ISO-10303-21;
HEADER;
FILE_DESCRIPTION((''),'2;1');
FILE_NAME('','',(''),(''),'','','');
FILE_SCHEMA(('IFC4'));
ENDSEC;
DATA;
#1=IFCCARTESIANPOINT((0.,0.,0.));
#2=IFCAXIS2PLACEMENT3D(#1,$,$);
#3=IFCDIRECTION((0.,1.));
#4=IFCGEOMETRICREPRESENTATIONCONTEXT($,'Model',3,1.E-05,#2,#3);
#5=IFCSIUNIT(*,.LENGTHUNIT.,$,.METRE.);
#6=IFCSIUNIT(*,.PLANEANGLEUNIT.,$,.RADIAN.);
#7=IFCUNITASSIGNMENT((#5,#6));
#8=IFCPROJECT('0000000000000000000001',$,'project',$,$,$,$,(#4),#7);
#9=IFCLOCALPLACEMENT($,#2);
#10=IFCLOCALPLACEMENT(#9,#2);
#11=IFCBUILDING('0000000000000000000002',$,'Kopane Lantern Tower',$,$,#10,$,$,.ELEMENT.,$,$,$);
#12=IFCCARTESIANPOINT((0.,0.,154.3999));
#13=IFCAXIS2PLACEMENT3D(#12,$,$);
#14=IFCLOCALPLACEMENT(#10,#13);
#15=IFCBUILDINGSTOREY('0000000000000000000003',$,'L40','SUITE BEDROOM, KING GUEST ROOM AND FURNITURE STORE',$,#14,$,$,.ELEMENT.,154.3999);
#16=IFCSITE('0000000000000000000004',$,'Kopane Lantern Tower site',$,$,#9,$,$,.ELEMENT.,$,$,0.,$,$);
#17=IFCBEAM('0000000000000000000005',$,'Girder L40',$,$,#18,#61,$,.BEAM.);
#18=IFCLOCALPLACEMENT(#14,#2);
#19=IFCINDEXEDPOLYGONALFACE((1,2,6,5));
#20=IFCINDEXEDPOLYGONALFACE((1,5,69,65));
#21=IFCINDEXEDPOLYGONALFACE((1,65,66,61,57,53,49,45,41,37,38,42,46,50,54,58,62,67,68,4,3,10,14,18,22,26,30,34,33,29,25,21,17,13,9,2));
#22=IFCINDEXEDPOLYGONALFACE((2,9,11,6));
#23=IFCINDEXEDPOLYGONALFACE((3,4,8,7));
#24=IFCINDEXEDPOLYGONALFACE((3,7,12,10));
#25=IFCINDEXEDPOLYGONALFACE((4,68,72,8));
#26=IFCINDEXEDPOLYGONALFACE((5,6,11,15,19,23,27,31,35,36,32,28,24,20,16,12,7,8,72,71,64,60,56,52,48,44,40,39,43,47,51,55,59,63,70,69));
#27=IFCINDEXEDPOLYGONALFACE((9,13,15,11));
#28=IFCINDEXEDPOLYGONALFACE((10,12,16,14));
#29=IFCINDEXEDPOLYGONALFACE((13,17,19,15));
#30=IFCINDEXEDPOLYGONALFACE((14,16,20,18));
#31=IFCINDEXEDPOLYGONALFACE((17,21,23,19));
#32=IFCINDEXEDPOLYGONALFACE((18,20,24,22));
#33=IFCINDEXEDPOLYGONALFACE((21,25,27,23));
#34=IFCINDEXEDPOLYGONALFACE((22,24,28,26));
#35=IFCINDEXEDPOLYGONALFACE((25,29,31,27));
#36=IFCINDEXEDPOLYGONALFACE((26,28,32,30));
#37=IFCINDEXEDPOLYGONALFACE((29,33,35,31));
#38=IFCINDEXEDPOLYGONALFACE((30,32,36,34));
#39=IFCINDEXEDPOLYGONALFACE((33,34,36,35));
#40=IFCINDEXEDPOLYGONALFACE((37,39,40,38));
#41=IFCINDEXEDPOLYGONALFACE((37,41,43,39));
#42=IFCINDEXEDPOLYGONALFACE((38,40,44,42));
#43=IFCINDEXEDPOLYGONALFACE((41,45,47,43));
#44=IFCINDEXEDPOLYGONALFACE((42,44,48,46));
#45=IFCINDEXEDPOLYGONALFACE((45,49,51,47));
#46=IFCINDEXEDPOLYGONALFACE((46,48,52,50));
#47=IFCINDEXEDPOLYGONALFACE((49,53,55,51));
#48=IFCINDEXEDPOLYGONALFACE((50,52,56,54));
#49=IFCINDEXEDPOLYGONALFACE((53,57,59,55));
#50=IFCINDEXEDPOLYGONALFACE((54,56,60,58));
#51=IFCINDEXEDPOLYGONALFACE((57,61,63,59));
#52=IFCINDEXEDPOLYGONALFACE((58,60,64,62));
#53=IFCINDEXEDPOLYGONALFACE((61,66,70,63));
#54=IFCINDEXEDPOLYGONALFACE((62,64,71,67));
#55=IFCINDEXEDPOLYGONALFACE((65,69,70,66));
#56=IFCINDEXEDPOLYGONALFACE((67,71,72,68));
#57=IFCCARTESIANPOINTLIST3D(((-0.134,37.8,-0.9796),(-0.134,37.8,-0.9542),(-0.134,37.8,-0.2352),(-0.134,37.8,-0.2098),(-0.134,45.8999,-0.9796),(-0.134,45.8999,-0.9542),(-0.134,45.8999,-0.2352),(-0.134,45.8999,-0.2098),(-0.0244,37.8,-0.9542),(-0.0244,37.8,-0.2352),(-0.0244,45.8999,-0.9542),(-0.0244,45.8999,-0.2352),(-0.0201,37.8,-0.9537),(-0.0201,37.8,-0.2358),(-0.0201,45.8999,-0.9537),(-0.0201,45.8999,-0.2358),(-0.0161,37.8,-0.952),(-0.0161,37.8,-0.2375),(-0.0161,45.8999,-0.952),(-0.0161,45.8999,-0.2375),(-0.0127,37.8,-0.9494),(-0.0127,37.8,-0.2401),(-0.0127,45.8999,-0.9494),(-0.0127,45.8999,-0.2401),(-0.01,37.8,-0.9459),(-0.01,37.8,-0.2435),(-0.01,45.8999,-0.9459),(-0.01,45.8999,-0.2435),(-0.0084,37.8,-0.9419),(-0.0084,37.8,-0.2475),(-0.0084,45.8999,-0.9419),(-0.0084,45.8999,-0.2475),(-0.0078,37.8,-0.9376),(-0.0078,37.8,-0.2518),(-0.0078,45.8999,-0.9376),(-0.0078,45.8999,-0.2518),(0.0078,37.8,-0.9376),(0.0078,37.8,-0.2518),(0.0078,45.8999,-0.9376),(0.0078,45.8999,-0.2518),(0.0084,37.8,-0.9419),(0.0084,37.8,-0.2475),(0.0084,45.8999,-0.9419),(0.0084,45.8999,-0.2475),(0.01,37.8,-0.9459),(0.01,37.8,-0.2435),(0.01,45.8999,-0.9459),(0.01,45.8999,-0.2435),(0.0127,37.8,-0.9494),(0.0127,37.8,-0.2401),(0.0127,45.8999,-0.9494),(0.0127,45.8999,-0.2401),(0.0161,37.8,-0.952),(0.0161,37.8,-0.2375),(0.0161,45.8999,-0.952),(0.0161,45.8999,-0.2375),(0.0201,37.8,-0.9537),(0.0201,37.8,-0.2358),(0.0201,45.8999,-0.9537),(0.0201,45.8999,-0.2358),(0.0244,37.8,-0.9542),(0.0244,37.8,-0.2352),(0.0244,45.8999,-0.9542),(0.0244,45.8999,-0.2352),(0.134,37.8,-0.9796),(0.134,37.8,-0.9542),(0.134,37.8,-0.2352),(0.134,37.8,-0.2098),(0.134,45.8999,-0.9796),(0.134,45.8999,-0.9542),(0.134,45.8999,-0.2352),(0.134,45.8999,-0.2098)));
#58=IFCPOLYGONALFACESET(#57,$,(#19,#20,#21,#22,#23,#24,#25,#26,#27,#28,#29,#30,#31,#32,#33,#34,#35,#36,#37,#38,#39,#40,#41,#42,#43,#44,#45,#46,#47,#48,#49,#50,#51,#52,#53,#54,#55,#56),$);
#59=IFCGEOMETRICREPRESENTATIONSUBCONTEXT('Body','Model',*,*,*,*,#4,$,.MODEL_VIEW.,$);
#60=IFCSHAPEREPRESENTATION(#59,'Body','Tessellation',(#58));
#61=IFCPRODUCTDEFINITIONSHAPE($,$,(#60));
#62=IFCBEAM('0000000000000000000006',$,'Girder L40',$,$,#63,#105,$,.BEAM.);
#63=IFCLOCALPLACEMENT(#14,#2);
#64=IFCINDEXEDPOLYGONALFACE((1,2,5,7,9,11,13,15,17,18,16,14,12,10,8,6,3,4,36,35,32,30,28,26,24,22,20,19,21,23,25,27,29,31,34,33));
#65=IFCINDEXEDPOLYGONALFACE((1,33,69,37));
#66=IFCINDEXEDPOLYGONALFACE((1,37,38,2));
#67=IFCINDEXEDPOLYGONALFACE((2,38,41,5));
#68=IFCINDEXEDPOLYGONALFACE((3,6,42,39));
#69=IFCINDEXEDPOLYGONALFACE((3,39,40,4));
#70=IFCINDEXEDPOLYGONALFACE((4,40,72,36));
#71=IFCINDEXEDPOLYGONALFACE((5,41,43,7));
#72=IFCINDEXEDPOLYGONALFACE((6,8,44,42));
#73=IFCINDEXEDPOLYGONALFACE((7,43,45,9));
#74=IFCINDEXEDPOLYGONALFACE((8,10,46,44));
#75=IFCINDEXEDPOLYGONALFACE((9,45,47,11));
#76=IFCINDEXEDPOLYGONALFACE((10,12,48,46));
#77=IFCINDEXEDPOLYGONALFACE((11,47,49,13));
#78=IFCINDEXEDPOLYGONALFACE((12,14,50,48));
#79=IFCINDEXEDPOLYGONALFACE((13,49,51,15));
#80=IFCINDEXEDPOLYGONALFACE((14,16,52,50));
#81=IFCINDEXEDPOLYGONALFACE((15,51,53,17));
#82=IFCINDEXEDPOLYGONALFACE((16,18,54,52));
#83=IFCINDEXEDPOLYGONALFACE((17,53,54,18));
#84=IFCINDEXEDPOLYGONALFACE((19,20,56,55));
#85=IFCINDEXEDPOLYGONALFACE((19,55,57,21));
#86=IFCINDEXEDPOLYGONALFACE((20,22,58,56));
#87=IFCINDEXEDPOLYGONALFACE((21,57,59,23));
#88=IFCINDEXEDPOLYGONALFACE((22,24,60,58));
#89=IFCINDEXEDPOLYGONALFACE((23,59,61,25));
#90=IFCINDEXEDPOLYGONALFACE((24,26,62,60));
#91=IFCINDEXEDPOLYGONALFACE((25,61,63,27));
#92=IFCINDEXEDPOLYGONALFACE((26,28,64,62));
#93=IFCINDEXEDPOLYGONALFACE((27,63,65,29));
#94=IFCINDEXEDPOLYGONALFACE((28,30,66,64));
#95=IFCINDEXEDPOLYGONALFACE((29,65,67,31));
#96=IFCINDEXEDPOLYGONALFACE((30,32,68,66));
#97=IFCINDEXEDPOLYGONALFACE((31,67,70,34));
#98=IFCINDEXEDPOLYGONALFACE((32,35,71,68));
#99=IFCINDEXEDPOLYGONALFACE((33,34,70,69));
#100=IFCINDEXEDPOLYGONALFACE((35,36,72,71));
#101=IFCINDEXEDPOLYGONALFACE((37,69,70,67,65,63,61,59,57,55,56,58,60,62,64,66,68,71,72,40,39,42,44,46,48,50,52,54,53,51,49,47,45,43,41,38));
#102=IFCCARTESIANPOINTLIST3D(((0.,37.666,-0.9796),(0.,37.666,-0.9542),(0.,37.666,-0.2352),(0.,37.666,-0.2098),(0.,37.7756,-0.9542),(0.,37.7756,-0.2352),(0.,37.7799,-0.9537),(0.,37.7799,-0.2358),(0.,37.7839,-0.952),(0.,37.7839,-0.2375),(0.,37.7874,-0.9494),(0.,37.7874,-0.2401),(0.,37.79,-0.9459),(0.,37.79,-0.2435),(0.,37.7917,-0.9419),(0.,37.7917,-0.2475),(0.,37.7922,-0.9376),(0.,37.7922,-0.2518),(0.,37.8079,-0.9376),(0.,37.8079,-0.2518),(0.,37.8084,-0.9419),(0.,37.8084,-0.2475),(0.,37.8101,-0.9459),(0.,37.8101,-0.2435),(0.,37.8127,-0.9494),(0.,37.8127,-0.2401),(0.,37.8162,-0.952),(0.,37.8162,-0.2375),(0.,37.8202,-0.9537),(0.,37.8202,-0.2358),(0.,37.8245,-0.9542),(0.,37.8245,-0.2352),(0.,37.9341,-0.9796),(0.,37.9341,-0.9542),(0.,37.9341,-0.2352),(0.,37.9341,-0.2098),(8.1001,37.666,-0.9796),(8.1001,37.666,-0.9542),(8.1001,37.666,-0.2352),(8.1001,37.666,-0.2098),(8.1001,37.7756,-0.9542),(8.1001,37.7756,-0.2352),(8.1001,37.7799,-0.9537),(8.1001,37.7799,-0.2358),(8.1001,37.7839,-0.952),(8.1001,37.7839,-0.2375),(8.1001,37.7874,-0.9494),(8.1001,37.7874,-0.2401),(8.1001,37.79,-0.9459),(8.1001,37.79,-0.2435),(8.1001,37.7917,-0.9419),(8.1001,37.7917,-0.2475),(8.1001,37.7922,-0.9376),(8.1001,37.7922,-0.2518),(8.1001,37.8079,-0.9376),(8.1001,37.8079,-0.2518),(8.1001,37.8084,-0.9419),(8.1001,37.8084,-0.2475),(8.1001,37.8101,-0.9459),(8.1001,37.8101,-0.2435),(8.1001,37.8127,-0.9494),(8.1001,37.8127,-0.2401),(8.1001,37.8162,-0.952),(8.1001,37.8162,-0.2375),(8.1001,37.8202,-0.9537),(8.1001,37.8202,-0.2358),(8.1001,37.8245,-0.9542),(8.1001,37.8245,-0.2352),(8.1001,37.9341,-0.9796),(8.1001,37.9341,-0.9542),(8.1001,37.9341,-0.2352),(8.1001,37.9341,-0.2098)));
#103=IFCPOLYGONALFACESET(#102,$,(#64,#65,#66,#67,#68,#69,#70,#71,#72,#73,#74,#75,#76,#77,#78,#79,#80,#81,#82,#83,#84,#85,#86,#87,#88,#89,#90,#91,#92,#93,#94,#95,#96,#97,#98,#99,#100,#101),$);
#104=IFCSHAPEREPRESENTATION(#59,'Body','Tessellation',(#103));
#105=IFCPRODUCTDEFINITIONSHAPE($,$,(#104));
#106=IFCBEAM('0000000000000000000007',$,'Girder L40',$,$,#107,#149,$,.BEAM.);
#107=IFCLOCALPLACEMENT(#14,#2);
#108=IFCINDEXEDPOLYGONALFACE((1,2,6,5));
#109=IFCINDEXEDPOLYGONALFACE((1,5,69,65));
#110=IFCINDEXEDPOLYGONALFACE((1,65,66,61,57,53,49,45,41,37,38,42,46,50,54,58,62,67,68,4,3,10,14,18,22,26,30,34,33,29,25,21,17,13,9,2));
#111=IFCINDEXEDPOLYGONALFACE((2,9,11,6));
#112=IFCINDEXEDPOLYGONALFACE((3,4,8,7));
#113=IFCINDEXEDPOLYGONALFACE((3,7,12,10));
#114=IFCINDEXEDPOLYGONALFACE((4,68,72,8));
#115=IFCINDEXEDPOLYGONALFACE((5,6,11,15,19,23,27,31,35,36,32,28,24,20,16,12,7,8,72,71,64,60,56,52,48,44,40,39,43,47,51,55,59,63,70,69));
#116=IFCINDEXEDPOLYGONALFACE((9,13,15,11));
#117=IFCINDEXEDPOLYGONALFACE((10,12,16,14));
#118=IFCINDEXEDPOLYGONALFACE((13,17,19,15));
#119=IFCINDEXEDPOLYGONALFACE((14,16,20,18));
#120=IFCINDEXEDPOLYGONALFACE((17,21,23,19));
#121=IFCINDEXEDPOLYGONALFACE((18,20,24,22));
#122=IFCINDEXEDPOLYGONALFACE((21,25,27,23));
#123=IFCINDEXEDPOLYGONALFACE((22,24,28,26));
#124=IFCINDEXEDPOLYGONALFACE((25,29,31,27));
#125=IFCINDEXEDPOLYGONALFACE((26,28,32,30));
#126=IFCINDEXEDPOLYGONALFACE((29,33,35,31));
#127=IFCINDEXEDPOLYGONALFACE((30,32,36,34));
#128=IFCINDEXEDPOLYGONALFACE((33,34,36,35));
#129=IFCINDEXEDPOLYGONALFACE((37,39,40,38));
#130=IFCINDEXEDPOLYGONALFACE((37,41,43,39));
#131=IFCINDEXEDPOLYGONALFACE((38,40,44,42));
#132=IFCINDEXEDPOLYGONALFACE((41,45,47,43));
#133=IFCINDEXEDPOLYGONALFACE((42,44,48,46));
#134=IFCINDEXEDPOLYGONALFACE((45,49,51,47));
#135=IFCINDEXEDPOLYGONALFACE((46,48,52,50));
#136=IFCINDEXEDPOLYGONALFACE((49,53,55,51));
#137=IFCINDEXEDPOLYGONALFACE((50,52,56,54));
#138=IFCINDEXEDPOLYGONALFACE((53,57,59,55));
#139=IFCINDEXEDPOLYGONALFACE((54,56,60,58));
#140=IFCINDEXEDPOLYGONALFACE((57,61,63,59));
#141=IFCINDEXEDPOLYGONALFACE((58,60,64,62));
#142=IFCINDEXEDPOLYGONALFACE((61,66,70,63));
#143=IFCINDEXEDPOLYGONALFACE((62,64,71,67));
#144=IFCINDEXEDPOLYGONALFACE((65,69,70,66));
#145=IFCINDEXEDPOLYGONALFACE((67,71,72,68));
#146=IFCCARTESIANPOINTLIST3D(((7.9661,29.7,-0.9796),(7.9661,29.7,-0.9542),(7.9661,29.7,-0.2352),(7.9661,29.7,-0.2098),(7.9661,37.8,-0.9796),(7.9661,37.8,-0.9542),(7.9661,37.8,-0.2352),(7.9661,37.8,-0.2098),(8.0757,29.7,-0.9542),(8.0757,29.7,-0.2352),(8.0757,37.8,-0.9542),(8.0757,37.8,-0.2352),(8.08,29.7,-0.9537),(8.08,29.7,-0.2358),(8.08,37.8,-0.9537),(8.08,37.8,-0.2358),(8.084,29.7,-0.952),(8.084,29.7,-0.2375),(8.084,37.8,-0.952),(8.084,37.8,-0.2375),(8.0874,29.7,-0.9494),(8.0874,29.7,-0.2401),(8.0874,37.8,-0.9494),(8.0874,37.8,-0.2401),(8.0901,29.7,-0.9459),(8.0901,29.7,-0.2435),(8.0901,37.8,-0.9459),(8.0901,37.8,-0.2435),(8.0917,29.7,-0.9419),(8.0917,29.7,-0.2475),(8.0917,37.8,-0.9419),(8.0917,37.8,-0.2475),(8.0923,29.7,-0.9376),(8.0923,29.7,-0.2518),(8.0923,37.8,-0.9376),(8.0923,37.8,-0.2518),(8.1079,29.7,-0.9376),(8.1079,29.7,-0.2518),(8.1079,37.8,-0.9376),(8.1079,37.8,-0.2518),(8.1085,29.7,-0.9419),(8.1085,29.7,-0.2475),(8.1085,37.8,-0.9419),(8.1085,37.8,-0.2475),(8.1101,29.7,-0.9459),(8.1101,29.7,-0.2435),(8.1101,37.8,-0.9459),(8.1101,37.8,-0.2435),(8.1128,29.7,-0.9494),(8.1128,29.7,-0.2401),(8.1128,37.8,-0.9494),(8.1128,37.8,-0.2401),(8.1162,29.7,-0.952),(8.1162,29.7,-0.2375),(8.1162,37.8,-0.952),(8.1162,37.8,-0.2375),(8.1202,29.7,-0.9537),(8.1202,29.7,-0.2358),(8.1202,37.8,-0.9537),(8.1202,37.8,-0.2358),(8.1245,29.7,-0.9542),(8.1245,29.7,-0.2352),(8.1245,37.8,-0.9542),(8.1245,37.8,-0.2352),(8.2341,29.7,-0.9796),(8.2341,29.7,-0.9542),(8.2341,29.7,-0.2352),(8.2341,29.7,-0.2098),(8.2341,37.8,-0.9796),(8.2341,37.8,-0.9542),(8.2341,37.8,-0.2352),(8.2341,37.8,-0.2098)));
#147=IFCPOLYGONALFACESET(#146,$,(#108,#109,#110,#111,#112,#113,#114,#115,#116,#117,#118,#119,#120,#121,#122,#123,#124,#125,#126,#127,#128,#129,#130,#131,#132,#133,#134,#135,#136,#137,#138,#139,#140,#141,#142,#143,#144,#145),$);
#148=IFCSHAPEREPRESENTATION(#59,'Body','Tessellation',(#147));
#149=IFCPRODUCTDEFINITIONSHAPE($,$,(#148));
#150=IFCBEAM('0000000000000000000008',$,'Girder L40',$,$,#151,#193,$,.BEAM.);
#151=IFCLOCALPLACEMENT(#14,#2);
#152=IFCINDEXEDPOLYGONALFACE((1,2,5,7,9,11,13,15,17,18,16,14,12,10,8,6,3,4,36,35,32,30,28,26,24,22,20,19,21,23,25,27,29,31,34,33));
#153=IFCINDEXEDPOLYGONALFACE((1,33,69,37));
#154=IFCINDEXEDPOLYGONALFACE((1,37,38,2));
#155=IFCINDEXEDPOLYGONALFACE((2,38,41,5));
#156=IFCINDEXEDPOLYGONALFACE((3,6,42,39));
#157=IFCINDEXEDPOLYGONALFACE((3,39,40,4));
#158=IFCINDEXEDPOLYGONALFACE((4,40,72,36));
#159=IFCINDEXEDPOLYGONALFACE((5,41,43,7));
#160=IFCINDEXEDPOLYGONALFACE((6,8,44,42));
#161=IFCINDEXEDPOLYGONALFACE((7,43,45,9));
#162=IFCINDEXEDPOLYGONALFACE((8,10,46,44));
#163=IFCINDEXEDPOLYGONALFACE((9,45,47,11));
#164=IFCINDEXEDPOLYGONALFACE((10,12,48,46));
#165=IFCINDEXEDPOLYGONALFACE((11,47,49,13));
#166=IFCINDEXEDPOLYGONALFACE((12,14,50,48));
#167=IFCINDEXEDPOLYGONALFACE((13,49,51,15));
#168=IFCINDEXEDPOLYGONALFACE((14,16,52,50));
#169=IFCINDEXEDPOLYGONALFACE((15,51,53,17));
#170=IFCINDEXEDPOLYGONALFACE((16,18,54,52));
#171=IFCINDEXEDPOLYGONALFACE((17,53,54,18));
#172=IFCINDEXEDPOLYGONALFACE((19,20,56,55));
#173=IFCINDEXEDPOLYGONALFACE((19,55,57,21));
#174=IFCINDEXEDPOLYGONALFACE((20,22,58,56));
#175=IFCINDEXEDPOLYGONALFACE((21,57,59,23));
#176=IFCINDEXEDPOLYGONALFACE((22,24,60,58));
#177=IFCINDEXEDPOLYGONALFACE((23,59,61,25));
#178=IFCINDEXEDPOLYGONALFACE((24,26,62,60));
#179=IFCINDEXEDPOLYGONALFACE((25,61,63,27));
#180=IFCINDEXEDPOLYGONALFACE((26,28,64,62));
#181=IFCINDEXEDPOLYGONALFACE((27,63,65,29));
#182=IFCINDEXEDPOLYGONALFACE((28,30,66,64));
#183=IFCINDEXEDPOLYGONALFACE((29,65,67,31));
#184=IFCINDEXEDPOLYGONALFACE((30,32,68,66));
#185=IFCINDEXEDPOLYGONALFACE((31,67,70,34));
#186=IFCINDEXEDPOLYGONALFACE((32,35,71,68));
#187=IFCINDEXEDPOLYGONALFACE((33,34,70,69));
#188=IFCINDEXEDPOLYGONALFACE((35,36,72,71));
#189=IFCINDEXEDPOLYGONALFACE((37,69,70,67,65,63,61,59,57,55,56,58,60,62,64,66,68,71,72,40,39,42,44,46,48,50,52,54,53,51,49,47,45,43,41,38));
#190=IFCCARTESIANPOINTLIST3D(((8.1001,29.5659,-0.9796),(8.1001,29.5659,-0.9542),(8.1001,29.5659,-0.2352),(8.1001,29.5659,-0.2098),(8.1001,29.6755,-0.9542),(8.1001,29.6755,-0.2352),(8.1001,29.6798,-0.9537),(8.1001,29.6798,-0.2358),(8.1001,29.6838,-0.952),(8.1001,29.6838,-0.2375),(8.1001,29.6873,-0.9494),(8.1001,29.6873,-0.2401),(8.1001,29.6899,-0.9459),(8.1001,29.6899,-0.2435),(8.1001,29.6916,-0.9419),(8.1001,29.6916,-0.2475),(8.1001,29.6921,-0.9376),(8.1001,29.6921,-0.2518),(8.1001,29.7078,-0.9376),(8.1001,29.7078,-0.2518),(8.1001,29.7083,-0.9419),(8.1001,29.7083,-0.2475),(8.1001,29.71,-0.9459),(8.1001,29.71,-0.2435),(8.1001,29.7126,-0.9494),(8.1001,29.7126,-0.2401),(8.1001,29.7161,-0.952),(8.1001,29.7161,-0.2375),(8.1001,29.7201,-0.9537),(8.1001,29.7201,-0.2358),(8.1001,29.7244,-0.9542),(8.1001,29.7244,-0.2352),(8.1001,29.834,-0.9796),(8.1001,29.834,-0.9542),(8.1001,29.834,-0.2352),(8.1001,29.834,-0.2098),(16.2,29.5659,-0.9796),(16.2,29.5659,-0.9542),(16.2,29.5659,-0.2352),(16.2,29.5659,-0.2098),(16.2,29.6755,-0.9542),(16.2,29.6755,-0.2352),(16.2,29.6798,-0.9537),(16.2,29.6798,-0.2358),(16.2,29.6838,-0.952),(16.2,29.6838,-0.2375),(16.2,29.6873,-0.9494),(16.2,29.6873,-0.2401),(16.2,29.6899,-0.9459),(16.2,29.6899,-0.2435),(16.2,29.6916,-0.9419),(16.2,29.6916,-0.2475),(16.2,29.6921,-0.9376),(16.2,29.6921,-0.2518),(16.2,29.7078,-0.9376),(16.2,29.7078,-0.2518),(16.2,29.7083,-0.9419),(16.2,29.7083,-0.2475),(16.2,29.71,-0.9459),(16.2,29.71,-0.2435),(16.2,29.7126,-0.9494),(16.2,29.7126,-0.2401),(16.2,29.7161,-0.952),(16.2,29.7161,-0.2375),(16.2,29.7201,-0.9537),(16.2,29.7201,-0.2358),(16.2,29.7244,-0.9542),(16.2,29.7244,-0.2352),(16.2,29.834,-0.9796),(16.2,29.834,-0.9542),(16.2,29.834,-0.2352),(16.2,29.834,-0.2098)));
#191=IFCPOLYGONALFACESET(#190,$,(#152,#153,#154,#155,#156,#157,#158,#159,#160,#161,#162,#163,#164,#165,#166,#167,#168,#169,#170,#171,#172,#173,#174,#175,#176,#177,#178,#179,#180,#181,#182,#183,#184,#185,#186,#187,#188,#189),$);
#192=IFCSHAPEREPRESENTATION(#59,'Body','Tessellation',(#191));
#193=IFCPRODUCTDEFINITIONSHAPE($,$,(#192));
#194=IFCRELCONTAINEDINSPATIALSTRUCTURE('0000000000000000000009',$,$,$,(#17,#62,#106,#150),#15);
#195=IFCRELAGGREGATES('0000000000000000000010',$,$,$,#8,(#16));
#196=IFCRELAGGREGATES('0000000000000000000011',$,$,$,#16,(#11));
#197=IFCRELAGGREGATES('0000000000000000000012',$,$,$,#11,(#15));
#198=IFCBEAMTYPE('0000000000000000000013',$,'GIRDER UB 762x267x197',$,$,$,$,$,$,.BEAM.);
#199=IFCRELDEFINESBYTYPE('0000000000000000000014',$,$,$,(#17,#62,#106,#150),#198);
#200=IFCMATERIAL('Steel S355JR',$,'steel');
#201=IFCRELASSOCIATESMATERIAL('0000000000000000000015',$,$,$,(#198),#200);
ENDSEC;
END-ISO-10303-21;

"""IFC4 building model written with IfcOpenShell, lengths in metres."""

from ifc_helpers import new_model, si_unit, direction, frame, origin, origin_2d, place, context, subcontext, project, spatial, i_section, extrude, material, material_profile, profile_set, type_object, element, save


model = new_model("IFC4")

# Units and contexts
model_context = context("Model", 3, precision=1e-05, world=origin(), true_north=direction((0.0, 1.0)))
body_context = subcontext(model_context, "Body", "Model", "MODEL_VIEW")
ifc_project = project(units=[si_unit("LENGTHUNIT", "METRE"), si_unit("PLANEANGLEUNIT", "RADIAN")], contexts=[model_context])

# Site, building, storey
site_placement = place(None, origin())
site = spatial("IfcSite", under=ifc_project, at=site_placement, Name="Kopane Lantern Tower site", CompositionType="ELEMENT", RefElevation=0.0)
building_placement = place(site_placement, origin())
building = spatial("IfcBuilding", under=site, at=building_placement, Name="Kopane Lantern Tower", CompositionType="ELEMENT")
storey_placement = place(building_placement, frame((0.0, 0.0, 154.3999)))
storey = spatial("IfcBuildingStorey", under=building, at=storey_placement, Name="L40", Description="SUITE BEDROOM, KING GUEST ROOM AND FURNITURE STORE", CompositionType="ELEMENT", Elevation=154.3999)

# Beams
ifc_material_1 = material(Name="Steel S355JR", Category="steel")
ifc_material_profile_1 = material_profile(ifc_material_1, i_section(OverallWidth=0.2681, OverallDepth=0.7698, WebThickness=0.0156, FlangeThickness=0.0254, FilletRadius=0.0166, at=origin_2d()), Name="UB 762x267x197")
ifc_profile_set_1 = profile_set([ifc_material_profile_1], Name="Steel S355JR")
beam_type = type_object("IfcBeamType", Name="GIRDER UB 762x267x197", PredefinedType="BEAM", material=ifc_profile_set_1)
beam_placement = place(storey_placement, frame((0.0, 37.8, -0.5947), z_axis=(0.0, 1.0, 0.0), x_axis=(-1.0, 0.0, 0.0)))
element("IfcBeam", 1, at=beam_placement, inside=storey, type_object=beam_type, Name="Girder L40", PredefinedType="BEAM", context=body_context, shape_type="SweptSolid", body=[
    extrude(i_section(OverallWidth=0.2681, OverallDepth=0.7698, WebThickness=0.0156, FlangeThickness=0.0254, FilletRadius=0.0166, at=origin_2d()), origin(), (0.0, 0.0, 1.0), 8.0999),
])
for number, where, z_axis, x_axis, name in (
    (2, (0.0, 37.8, -0.5947), (1.0, 0.0, 0.0), (0.0, 1.0, 0.0), "Girder L40"),
    (3, (8.1001, 29.7, -0.5947), (0.0, 1.0, 0.0), (-1.0, 0.0, 0.0), "Girder L40"),
):
    element("IfcBeam", number, at=place(storey_placement, frame(where, z_axis=z_axis, x_axis=x_axis)), inside=storey, type_object=beam_type, Name=name, PredefinedType="BEAM", context=body_context, shape_type="SweptSolid", body=[
        extrude(i_section(OverallWidth=0.2681, OverallDepth=0.7698, WebThickness=0.0156, FlangeThickness=0.0254, FilletRadius=0.0166, at=origin_2d()), origin(), (0.0, 0.0, 1.0), 8.1001),
    ])
for number, where, z_axis, x_axis, name in (
    (4, (8.1001, 29.7, -0.5947), (1.0, 0.0, 0.0), (0.0, 1.0, 0.0), "Girder L40"),
):
    element("IfcBeam", number, at=place(storey_placement, frame(where, z_axis=z_axis, x_axis=x_axis)), inside=storey, type_object=beam_type, Name=name, PredefinedType="BEAM", context=body_context, shape_type="SweptSolid", body=[
        extrude(i_section(OverallWidth=0.2681, OverallDepth=0.7698, WebThickness=0.0156, FlangeThickness=0.0254, FilletRadius=0.0166, at=origin_2d()), origin(), (0.0, 0.0, 1.0), 8.0999),
    ])

save(model, "model.ifc")
